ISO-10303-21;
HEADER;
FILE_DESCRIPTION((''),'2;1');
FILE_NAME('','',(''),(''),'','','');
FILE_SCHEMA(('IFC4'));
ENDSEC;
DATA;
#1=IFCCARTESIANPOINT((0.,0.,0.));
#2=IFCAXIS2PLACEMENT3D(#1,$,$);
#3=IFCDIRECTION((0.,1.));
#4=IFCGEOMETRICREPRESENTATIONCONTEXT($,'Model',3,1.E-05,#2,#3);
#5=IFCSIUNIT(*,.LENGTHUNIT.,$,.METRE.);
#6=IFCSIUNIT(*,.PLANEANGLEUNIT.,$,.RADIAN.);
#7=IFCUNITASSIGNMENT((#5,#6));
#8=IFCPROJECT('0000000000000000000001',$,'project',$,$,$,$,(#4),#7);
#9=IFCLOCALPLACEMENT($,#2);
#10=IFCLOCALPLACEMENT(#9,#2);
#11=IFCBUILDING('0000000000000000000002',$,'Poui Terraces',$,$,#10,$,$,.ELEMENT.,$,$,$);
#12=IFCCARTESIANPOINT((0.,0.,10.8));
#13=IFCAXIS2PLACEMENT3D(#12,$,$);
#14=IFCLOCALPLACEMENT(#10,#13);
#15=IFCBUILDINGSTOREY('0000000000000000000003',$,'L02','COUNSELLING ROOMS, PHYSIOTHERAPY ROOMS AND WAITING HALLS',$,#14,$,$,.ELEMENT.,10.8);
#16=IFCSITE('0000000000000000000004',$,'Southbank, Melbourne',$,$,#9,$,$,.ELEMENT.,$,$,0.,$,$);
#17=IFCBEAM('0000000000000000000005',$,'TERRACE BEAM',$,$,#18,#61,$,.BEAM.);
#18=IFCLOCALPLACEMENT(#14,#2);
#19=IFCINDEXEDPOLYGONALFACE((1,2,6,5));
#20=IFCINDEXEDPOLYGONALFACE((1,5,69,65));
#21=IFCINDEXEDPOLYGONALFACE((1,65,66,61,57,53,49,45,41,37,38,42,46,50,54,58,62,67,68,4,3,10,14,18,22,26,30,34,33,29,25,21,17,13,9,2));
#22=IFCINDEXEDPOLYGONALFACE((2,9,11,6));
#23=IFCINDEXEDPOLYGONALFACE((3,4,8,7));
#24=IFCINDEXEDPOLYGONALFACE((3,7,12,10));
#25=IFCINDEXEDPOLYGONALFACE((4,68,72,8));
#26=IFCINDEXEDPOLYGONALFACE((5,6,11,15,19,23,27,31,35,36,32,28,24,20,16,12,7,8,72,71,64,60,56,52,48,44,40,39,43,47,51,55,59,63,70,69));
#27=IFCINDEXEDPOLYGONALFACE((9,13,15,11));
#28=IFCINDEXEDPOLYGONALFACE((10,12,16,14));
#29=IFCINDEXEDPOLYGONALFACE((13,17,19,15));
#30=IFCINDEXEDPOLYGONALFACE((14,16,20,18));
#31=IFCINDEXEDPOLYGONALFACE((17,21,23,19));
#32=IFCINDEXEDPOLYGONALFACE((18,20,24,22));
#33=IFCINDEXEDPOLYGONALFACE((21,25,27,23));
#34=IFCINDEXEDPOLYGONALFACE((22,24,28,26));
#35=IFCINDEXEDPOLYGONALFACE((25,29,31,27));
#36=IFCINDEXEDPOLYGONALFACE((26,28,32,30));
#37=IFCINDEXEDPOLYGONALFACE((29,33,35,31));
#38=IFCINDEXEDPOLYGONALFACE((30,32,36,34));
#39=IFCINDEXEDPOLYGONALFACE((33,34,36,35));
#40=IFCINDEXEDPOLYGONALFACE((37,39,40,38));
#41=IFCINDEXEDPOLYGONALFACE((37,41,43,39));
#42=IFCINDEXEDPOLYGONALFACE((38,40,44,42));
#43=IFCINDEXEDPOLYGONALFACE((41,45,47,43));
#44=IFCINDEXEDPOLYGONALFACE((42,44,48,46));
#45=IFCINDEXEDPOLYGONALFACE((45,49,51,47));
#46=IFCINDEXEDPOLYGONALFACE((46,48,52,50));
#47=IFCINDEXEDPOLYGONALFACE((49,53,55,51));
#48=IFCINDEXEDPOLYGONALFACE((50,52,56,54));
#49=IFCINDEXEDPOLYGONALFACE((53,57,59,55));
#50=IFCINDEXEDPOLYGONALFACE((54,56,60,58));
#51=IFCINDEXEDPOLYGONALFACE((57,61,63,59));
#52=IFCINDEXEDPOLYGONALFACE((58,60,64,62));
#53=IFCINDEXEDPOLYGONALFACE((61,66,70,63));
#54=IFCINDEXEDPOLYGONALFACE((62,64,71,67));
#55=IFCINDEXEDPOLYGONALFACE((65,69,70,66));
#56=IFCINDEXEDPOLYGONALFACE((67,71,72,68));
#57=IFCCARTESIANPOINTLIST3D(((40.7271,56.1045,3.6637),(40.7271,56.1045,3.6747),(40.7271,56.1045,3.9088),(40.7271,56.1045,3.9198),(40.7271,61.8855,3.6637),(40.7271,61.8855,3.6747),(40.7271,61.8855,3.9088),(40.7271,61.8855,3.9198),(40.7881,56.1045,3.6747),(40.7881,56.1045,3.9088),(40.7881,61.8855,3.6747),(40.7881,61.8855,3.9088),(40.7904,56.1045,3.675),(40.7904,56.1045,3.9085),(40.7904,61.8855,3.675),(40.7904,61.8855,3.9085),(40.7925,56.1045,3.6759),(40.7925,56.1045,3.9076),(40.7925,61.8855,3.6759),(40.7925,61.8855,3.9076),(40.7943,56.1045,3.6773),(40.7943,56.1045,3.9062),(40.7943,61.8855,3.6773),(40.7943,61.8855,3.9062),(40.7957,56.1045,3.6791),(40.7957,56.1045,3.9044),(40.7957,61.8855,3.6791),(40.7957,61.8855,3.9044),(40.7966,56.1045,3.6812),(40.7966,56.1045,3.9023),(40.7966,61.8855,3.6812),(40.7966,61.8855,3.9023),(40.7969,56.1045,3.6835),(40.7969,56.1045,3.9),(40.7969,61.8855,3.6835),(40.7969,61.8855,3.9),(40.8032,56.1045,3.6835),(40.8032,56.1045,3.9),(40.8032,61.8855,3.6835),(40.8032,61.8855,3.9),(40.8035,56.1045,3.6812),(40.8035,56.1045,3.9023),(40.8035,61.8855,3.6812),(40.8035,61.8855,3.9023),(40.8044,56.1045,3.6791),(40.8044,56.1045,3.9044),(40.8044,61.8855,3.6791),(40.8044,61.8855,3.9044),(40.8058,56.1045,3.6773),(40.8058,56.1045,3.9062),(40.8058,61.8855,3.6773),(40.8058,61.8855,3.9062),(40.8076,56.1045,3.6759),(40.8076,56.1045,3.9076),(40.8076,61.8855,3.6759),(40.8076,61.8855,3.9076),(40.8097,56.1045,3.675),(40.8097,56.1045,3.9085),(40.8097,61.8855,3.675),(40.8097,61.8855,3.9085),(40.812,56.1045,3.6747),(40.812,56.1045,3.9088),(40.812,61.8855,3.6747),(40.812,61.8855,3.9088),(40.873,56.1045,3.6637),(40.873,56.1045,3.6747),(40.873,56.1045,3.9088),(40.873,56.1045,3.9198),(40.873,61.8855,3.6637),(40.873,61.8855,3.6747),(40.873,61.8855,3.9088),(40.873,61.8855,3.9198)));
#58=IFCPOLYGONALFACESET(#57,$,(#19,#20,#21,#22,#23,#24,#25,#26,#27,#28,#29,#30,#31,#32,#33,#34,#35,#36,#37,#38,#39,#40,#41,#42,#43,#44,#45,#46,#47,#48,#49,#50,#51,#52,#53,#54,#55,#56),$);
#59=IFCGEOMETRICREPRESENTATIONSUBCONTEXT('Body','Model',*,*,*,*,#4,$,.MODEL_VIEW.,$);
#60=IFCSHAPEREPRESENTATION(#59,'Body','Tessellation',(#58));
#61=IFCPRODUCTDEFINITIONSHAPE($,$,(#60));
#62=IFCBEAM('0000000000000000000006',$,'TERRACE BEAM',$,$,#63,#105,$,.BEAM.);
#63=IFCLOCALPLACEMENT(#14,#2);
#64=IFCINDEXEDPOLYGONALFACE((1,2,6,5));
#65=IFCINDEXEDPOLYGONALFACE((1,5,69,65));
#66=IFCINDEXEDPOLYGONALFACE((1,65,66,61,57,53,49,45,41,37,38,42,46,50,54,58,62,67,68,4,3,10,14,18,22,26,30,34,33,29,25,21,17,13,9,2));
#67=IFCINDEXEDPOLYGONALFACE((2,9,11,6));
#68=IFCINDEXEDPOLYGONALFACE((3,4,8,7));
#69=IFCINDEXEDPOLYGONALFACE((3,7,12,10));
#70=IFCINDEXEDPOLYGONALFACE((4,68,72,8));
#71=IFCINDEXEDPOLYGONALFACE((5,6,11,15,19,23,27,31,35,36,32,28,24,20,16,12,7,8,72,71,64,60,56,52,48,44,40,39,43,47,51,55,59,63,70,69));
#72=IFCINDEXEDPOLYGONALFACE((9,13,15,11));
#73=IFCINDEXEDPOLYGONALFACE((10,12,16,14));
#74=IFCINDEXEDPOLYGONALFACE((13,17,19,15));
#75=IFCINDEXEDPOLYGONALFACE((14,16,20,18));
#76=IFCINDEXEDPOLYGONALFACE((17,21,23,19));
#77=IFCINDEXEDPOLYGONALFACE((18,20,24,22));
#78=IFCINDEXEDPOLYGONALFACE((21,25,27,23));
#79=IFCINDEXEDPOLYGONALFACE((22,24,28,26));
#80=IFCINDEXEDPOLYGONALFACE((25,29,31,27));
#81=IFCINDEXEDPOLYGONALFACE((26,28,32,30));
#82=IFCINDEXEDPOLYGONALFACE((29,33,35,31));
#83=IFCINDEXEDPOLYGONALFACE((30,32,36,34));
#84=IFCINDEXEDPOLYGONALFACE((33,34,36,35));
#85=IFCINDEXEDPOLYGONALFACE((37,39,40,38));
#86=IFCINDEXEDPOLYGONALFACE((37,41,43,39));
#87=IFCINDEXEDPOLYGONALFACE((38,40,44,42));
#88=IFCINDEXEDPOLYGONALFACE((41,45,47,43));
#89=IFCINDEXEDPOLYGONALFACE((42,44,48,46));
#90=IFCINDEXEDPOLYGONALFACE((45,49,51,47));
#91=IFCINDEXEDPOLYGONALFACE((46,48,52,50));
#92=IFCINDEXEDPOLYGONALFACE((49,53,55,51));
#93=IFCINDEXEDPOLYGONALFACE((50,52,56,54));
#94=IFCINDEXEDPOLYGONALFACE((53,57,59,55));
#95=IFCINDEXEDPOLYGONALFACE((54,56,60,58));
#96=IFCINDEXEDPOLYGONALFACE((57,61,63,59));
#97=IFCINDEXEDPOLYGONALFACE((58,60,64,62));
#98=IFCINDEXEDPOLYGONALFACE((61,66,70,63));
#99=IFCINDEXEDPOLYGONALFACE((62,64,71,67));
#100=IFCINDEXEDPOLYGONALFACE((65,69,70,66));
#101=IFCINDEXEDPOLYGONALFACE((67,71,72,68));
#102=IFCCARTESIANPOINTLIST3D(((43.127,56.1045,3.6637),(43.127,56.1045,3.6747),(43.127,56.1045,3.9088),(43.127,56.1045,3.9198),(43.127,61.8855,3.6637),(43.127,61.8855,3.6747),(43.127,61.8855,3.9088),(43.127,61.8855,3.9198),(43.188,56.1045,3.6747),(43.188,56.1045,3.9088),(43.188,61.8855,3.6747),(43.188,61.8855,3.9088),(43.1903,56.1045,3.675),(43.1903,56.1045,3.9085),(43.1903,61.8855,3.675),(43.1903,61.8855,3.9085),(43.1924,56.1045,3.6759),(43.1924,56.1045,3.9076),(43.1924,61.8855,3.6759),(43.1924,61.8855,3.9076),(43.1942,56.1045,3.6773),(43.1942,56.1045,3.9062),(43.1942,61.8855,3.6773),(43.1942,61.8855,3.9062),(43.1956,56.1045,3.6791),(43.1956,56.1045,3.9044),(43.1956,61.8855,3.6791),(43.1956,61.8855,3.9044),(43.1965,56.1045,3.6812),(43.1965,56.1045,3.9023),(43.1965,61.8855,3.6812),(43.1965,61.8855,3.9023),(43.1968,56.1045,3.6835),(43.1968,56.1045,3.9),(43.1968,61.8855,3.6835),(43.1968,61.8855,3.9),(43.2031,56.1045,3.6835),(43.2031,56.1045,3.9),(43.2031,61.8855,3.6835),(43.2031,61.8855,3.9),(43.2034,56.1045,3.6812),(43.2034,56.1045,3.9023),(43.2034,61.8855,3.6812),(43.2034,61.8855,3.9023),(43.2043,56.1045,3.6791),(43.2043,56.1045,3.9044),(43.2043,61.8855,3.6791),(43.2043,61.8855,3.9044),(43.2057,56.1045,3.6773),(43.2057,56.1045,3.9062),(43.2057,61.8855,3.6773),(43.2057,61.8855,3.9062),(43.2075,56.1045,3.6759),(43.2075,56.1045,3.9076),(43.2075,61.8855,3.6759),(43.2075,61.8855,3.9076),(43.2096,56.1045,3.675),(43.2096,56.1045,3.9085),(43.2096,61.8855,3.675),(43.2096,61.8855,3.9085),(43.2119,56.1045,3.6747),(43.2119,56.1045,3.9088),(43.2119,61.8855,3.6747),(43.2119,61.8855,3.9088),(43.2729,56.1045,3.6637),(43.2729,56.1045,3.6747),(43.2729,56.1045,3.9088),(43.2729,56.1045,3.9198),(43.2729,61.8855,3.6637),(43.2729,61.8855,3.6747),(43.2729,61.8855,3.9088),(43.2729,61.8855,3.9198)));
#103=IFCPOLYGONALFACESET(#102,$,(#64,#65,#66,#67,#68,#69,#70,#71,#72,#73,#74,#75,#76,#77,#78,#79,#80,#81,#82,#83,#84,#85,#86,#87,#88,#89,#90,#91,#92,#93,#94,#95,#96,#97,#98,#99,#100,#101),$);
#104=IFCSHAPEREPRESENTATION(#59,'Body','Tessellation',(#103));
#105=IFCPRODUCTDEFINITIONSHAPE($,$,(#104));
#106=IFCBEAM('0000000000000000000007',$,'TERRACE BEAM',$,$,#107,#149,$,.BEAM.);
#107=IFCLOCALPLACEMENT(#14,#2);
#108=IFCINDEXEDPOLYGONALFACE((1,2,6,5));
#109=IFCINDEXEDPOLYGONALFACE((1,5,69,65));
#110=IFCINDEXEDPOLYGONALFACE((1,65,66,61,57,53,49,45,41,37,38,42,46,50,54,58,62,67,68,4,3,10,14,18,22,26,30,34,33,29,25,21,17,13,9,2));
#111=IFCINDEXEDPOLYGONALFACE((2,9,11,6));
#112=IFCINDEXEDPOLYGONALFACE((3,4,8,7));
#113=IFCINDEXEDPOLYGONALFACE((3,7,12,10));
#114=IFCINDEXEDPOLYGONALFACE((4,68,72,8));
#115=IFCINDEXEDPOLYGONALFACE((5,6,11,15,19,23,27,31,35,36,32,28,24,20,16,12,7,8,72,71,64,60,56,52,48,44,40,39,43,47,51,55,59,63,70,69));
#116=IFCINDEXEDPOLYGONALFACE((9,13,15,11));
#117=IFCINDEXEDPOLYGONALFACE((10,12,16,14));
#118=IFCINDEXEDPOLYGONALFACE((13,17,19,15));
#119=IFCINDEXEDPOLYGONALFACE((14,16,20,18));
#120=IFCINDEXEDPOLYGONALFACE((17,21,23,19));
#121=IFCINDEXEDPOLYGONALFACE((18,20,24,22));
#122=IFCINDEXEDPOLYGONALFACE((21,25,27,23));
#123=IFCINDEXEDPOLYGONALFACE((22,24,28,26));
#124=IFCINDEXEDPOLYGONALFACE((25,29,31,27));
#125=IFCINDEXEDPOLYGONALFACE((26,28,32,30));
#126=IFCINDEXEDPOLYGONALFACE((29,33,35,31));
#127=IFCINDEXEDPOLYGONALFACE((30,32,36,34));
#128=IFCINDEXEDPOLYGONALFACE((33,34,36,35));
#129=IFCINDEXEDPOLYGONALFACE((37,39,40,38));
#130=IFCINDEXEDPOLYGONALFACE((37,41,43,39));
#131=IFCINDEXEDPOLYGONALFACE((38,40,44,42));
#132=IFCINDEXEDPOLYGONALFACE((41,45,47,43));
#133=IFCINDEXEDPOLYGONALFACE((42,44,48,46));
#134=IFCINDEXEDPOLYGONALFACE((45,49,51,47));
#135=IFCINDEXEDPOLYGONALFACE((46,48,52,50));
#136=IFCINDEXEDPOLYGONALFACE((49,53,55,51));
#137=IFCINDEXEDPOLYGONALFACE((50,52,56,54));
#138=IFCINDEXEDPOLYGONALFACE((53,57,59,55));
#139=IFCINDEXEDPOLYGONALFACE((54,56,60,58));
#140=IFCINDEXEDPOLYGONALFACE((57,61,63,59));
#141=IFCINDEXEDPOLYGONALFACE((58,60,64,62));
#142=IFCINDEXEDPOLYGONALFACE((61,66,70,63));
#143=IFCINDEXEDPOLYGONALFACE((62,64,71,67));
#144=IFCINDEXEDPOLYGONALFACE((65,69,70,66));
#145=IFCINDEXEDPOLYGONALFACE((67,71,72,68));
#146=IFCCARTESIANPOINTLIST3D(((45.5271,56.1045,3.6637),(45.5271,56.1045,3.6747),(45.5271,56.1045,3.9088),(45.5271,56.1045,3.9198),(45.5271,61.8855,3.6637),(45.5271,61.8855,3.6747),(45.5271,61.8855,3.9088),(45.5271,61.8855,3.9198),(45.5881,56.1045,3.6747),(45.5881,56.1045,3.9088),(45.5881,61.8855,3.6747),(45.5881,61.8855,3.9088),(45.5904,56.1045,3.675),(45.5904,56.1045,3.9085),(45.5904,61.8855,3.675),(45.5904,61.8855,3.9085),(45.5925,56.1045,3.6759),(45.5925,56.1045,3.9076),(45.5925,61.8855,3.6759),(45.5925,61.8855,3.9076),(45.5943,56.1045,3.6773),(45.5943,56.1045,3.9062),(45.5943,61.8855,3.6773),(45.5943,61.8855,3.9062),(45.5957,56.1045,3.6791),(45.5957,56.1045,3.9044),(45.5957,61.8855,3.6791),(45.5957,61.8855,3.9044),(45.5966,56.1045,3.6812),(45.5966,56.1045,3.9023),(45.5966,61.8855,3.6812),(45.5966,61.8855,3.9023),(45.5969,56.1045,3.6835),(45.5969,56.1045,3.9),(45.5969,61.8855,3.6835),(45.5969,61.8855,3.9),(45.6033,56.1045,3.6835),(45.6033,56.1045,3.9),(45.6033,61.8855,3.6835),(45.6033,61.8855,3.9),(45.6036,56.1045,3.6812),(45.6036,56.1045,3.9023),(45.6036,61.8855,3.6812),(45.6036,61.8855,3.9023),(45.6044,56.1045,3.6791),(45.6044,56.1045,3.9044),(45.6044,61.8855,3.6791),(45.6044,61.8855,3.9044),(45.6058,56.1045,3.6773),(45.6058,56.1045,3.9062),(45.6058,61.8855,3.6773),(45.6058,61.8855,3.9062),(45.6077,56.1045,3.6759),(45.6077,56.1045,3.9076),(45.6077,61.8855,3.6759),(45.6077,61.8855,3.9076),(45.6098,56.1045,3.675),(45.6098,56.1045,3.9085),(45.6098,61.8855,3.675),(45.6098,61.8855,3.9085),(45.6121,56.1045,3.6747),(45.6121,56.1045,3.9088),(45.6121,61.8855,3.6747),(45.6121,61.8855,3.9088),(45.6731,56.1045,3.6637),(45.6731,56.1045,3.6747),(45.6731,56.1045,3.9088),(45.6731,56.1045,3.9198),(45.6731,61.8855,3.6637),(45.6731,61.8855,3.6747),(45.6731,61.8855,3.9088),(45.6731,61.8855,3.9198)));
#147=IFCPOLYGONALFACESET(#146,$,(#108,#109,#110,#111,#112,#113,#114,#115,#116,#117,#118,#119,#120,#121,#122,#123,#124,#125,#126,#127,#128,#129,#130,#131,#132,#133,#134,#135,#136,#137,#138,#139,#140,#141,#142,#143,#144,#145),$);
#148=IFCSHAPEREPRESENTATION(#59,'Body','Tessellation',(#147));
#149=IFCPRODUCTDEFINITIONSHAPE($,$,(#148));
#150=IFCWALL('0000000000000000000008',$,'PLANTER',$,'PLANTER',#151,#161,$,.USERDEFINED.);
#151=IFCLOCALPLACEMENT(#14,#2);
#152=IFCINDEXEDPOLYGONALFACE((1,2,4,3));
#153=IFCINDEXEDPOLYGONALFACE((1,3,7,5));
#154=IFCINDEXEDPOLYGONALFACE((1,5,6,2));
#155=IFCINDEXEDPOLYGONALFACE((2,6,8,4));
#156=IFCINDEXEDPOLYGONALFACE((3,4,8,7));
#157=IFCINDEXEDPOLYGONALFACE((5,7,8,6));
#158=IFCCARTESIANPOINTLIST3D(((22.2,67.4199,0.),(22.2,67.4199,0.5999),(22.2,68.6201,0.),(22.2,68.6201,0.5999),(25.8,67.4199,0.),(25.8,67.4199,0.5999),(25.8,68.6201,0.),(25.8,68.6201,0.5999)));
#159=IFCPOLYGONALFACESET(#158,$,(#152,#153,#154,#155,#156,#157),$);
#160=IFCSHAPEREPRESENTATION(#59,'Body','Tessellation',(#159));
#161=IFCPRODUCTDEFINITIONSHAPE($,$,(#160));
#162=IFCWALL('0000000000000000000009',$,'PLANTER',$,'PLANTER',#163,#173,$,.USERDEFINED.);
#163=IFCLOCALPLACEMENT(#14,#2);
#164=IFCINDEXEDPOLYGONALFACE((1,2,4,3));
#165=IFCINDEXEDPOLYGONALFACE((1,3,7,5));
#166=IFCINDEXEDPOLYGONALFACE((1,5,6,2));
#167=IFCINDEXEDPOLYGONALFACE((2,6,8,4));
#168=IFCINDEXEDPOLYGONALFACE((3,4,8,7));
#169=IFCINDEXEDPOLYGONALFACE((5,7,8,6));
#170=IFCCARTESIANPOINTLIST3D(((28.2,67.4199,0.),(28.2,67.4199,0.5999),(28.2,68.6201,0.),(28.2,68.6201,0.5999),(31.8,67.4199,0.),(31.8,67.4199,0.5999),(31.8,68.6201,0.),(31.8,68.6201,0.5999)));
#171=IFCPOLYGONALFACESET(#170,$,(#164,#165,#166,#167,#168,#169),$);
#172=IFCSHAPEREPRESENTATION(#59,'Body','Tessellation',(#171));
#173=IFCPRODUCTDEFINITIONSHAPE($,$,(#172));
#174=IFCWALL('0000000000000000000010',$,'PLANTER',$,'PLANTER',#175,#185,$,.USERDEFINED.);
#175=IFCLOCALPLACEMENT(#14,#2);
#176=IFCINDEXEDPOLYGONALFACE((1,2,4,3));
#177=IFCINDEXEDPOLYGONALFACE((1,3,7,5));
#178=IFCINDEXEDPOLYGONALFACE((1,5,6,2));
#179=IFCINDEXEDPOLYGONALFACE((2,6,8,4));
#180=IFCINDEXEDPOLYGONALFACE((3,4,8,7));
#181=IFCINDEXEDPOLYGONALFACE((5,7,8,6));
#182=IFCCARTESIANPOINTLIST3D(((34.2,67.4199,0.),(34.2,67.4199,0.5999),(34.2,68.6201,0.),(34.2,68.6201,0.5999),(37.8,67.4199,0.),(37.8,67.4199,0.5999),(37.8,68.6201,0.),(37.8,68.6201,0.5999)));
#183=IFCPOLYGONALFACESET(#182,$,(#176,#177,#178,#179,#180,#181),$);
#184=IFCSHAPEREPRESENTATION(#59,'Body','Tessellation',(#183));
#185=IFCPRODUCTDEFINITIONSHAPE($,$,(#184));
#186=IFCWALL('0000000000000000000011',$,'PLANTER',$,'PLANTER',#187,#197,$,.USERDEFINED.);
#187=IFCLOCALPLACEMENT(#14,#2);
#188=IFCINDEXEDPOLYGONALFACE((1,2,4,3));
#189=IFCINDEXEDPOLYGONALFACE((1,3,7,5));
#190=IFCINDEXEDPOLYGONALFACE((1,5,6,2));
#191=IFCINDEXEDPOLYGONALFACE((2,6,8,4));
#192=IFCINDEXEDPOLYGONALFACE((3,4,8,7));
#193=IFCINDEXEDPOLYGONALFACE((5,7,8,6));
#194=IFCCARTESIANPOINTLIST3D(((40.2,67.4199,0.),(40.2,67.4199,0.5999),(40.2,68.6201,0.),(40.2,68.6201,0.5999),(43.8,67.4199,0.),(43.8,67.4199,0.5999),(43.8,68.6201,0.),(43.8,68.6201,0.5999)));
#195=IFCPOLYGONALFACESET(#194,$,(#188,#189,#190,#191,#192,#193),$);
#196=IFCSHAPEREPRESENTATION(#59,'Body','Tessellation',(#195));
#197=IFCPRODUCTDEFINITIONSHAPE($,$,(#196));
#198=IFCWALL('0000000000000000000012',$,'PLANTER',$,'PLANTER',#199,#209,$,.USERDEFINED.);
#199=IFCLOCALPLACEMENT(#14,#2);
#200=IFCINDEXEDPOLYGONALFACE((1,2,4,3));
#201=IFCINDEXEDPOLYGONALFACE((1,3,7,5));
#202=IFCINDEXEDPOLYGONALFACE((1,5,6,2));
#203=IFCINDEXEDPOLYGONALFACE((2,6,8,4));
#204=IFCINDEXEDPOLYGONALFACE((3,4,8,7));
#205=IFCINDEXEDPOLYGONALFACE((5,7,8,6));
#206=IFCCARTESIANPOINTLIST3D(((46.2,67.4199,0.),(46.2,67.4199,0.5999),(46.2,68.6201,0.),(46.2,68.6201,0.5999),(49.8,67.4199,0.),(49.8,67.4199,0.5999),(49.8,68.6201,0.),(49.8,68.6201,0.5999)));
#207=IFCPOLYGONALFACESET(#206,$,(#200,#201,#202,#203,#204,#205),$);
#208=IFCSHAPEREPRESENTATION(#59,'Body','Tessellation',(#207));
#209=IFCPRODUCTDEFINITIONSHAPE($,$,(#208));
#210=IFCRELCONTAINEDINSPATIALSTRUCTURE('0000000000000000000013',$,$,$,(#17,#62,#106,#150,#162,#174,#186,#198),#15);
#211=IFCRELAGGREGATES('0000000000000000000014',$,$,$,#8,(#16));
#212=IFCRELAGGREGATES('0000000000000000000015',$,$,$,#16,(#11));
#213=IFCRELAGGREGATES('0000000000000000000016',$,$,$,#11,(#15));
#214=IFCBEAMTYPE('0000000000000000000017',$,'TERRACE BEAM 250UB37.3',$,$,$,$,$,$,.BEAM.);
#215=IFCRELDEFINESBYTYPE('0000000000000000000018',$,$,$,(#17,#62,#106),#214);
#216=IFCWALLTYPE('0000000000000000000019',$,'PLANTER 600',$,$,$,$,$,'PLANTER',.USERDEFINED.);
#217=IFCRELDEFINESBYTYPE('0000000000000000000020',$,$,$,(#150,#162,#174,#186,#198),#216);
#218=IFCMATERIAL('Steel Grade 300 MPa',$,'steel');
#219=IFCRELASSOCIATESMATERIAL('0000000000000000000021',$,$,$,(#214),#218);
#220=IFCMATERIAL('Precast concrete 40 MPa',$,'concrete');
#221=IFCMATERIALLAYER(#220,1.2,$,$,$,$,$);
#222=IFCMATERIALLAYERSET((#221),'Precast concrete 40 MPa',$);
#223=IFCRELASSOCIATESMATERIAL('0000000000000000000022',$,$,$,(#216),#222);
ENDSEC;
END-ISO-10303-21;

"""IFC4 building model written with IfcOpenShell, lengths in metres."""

from ifc_helpers import new_model, si_unit, direction, frame, origin, origin_2d, place, context, subcontext, project, spatial, polyline, i_section, outline, extrude, source, transform, mapped, material, layer, layer_set, material_profile, profile_set, type_object, element, save


model = new_model("IFC4")

# Units and contexts
model_context = context("Model", 3, precision=1e-05, world=origin(), true_north=direction((0.0, 1.0)))
body_context = subcontext(model_context, "Body", "Model", "MODEL_VIEW")
ifc_project = project(units=[si_unit("LENGTHUNIT", "METRE"), si_unit("PLANEANGLEUNIT", "RADIAN")], contexts=[model_context])

# Site, building, storey
site_placement = place(None, origin())
site = spatial("IfcSite", under=ifc_project, at=site_placement, Name="Southbank, Melbourne", CompositionType="ELEMENT", RefElevation=0.0)
building_placement = place(site_placement, origin())
building = spatial("IfcBuilding", under=site, at=building_placement, Name="Poui Terraces", CompositionType="ELEMENT")
storey_placement = place(building_placement, frame((0.0, 0.0, 10.8)))
storey = spatial("IfcBuildingStorey", under=building, at=storey_placement, Name="L02", Description="COUNSELLING ROOMS, PHYSIOTHERAPY ROOMS AND WAITING HALLS", CompositionType="ELEMENT", Elevation=10.8)

# Beams
ifc_material_1 = material(Name="Steel Grade 300 MPa", Category="steel")
ifc_material_profile_1 = material_profile(ifc_material_1, i_section(OverallWidth=0.146, OverallDepth=0.2561, WebThickness=0.0063, FlangeThickness=0.011, FilletRadius=0.0088, at=origin_2d()), Name="250UB37.3")
ifc_profile_set_1 = profile_set([ifc_material_profile_1], Name="Steel Grade 300 MPa")
beam_type_1 = type_object("IfcBeamType", Name="TERRACE BEAM 250UB37.3", PredefinedType="BEAM", material=ifc_profile_set_1)
shared_shape_1 = source(origin(), body_context, "Body", "SweptSolid", [
    extrude(i_section(OverallWidth=0.146, OverallDepth=0.2561, WebThickness=0.0063, FlangeThickness=0.011, FilletRadius=0.0088, at=origin_2d()), origin(), (0.0, 0.0, 1.0), 5.781),
])
for number, where, z_axis, x_axis, name in (
    (1, (40.8, 56.1045, 3.7917), (0.0, 1.0, 0.0), (-1.0, 0.0, 0.0), "TERRACE BEAM"),
    (2, (43.2, 56.1045, 3.7917), (0.0, 1.0, 0.0), (-1.0, 0.0, 0.0), "TERRACE BEAM"),
    (3, (45.6001, 56.1045, 3.7917), (0.0, 1.0, 0.0), (-1.0, 0.0, 0.0), "TERRACE BEAM"),
):
    element("IfcBeam", number, at=place(storey_placement, frame(where, z_axis=z_axis, x_axis=x_axis)), inside=storey, type_object=beam_type_1, Name=name, PredefinedType="BEAM", context=body_context, shape_type="MappedRepresentation", body=[
        mapped(shared_shape_1, transform((0.0, 0.0, 0.0))),
    ])

# Walls
ifc_material_2 = material(Name="Precast concrete 40 MPa", Category="concrete")
ifc_layer = layer(ifc_material_2, 1.2)
ifc_layer_set = layer_set([ifc_layer], Name="Precast concrete 40 MPa")
wall_type = type_object("IfcWallType", Name="PLANTER 600", ElementType="PLANTER", PredefinedType="USERDEFINED", material=ifc_layer_set)
shared_shape_2 = source(origin(), body_context, "Body", "SweptSolid", [
    extrude(outline(polyline([(0.0, 0.0), (3.6001, 0.0), (3.6001, 1.2002), (0.0, 1.2002), (0.0, 0.0)])), origin(), (0.0, 0.0, 1.0), 0.5999),
])
for number, where, name in (
    (4, (22.2, 67.4199, 0.0), "PLANTER"),
    (5, (28.2, 67.4199, 0.0), "PLANTER"),
    (6, (34.2, 67.4199, 0.0), "PLANTER"),
    (7, (40.2, 67.4199, 0.0), "PLANTER"),
    (8, (46.2, 67.4199, 0.0), "PLANTER"),
):
    element("IfcWall", number, at=place(storey_placement, frame(where)), inside=storey, type_object=wall_type, Name=name, ObjectType="PLANTER", PredefinedType="USERDEFINED", context=body_context, shape_type="MappedRepresentation", body=[
        mapped(shared_shape_2, transform((0.0, 0.0, 0.0))),
    ])

save(model, "model.ifc")
